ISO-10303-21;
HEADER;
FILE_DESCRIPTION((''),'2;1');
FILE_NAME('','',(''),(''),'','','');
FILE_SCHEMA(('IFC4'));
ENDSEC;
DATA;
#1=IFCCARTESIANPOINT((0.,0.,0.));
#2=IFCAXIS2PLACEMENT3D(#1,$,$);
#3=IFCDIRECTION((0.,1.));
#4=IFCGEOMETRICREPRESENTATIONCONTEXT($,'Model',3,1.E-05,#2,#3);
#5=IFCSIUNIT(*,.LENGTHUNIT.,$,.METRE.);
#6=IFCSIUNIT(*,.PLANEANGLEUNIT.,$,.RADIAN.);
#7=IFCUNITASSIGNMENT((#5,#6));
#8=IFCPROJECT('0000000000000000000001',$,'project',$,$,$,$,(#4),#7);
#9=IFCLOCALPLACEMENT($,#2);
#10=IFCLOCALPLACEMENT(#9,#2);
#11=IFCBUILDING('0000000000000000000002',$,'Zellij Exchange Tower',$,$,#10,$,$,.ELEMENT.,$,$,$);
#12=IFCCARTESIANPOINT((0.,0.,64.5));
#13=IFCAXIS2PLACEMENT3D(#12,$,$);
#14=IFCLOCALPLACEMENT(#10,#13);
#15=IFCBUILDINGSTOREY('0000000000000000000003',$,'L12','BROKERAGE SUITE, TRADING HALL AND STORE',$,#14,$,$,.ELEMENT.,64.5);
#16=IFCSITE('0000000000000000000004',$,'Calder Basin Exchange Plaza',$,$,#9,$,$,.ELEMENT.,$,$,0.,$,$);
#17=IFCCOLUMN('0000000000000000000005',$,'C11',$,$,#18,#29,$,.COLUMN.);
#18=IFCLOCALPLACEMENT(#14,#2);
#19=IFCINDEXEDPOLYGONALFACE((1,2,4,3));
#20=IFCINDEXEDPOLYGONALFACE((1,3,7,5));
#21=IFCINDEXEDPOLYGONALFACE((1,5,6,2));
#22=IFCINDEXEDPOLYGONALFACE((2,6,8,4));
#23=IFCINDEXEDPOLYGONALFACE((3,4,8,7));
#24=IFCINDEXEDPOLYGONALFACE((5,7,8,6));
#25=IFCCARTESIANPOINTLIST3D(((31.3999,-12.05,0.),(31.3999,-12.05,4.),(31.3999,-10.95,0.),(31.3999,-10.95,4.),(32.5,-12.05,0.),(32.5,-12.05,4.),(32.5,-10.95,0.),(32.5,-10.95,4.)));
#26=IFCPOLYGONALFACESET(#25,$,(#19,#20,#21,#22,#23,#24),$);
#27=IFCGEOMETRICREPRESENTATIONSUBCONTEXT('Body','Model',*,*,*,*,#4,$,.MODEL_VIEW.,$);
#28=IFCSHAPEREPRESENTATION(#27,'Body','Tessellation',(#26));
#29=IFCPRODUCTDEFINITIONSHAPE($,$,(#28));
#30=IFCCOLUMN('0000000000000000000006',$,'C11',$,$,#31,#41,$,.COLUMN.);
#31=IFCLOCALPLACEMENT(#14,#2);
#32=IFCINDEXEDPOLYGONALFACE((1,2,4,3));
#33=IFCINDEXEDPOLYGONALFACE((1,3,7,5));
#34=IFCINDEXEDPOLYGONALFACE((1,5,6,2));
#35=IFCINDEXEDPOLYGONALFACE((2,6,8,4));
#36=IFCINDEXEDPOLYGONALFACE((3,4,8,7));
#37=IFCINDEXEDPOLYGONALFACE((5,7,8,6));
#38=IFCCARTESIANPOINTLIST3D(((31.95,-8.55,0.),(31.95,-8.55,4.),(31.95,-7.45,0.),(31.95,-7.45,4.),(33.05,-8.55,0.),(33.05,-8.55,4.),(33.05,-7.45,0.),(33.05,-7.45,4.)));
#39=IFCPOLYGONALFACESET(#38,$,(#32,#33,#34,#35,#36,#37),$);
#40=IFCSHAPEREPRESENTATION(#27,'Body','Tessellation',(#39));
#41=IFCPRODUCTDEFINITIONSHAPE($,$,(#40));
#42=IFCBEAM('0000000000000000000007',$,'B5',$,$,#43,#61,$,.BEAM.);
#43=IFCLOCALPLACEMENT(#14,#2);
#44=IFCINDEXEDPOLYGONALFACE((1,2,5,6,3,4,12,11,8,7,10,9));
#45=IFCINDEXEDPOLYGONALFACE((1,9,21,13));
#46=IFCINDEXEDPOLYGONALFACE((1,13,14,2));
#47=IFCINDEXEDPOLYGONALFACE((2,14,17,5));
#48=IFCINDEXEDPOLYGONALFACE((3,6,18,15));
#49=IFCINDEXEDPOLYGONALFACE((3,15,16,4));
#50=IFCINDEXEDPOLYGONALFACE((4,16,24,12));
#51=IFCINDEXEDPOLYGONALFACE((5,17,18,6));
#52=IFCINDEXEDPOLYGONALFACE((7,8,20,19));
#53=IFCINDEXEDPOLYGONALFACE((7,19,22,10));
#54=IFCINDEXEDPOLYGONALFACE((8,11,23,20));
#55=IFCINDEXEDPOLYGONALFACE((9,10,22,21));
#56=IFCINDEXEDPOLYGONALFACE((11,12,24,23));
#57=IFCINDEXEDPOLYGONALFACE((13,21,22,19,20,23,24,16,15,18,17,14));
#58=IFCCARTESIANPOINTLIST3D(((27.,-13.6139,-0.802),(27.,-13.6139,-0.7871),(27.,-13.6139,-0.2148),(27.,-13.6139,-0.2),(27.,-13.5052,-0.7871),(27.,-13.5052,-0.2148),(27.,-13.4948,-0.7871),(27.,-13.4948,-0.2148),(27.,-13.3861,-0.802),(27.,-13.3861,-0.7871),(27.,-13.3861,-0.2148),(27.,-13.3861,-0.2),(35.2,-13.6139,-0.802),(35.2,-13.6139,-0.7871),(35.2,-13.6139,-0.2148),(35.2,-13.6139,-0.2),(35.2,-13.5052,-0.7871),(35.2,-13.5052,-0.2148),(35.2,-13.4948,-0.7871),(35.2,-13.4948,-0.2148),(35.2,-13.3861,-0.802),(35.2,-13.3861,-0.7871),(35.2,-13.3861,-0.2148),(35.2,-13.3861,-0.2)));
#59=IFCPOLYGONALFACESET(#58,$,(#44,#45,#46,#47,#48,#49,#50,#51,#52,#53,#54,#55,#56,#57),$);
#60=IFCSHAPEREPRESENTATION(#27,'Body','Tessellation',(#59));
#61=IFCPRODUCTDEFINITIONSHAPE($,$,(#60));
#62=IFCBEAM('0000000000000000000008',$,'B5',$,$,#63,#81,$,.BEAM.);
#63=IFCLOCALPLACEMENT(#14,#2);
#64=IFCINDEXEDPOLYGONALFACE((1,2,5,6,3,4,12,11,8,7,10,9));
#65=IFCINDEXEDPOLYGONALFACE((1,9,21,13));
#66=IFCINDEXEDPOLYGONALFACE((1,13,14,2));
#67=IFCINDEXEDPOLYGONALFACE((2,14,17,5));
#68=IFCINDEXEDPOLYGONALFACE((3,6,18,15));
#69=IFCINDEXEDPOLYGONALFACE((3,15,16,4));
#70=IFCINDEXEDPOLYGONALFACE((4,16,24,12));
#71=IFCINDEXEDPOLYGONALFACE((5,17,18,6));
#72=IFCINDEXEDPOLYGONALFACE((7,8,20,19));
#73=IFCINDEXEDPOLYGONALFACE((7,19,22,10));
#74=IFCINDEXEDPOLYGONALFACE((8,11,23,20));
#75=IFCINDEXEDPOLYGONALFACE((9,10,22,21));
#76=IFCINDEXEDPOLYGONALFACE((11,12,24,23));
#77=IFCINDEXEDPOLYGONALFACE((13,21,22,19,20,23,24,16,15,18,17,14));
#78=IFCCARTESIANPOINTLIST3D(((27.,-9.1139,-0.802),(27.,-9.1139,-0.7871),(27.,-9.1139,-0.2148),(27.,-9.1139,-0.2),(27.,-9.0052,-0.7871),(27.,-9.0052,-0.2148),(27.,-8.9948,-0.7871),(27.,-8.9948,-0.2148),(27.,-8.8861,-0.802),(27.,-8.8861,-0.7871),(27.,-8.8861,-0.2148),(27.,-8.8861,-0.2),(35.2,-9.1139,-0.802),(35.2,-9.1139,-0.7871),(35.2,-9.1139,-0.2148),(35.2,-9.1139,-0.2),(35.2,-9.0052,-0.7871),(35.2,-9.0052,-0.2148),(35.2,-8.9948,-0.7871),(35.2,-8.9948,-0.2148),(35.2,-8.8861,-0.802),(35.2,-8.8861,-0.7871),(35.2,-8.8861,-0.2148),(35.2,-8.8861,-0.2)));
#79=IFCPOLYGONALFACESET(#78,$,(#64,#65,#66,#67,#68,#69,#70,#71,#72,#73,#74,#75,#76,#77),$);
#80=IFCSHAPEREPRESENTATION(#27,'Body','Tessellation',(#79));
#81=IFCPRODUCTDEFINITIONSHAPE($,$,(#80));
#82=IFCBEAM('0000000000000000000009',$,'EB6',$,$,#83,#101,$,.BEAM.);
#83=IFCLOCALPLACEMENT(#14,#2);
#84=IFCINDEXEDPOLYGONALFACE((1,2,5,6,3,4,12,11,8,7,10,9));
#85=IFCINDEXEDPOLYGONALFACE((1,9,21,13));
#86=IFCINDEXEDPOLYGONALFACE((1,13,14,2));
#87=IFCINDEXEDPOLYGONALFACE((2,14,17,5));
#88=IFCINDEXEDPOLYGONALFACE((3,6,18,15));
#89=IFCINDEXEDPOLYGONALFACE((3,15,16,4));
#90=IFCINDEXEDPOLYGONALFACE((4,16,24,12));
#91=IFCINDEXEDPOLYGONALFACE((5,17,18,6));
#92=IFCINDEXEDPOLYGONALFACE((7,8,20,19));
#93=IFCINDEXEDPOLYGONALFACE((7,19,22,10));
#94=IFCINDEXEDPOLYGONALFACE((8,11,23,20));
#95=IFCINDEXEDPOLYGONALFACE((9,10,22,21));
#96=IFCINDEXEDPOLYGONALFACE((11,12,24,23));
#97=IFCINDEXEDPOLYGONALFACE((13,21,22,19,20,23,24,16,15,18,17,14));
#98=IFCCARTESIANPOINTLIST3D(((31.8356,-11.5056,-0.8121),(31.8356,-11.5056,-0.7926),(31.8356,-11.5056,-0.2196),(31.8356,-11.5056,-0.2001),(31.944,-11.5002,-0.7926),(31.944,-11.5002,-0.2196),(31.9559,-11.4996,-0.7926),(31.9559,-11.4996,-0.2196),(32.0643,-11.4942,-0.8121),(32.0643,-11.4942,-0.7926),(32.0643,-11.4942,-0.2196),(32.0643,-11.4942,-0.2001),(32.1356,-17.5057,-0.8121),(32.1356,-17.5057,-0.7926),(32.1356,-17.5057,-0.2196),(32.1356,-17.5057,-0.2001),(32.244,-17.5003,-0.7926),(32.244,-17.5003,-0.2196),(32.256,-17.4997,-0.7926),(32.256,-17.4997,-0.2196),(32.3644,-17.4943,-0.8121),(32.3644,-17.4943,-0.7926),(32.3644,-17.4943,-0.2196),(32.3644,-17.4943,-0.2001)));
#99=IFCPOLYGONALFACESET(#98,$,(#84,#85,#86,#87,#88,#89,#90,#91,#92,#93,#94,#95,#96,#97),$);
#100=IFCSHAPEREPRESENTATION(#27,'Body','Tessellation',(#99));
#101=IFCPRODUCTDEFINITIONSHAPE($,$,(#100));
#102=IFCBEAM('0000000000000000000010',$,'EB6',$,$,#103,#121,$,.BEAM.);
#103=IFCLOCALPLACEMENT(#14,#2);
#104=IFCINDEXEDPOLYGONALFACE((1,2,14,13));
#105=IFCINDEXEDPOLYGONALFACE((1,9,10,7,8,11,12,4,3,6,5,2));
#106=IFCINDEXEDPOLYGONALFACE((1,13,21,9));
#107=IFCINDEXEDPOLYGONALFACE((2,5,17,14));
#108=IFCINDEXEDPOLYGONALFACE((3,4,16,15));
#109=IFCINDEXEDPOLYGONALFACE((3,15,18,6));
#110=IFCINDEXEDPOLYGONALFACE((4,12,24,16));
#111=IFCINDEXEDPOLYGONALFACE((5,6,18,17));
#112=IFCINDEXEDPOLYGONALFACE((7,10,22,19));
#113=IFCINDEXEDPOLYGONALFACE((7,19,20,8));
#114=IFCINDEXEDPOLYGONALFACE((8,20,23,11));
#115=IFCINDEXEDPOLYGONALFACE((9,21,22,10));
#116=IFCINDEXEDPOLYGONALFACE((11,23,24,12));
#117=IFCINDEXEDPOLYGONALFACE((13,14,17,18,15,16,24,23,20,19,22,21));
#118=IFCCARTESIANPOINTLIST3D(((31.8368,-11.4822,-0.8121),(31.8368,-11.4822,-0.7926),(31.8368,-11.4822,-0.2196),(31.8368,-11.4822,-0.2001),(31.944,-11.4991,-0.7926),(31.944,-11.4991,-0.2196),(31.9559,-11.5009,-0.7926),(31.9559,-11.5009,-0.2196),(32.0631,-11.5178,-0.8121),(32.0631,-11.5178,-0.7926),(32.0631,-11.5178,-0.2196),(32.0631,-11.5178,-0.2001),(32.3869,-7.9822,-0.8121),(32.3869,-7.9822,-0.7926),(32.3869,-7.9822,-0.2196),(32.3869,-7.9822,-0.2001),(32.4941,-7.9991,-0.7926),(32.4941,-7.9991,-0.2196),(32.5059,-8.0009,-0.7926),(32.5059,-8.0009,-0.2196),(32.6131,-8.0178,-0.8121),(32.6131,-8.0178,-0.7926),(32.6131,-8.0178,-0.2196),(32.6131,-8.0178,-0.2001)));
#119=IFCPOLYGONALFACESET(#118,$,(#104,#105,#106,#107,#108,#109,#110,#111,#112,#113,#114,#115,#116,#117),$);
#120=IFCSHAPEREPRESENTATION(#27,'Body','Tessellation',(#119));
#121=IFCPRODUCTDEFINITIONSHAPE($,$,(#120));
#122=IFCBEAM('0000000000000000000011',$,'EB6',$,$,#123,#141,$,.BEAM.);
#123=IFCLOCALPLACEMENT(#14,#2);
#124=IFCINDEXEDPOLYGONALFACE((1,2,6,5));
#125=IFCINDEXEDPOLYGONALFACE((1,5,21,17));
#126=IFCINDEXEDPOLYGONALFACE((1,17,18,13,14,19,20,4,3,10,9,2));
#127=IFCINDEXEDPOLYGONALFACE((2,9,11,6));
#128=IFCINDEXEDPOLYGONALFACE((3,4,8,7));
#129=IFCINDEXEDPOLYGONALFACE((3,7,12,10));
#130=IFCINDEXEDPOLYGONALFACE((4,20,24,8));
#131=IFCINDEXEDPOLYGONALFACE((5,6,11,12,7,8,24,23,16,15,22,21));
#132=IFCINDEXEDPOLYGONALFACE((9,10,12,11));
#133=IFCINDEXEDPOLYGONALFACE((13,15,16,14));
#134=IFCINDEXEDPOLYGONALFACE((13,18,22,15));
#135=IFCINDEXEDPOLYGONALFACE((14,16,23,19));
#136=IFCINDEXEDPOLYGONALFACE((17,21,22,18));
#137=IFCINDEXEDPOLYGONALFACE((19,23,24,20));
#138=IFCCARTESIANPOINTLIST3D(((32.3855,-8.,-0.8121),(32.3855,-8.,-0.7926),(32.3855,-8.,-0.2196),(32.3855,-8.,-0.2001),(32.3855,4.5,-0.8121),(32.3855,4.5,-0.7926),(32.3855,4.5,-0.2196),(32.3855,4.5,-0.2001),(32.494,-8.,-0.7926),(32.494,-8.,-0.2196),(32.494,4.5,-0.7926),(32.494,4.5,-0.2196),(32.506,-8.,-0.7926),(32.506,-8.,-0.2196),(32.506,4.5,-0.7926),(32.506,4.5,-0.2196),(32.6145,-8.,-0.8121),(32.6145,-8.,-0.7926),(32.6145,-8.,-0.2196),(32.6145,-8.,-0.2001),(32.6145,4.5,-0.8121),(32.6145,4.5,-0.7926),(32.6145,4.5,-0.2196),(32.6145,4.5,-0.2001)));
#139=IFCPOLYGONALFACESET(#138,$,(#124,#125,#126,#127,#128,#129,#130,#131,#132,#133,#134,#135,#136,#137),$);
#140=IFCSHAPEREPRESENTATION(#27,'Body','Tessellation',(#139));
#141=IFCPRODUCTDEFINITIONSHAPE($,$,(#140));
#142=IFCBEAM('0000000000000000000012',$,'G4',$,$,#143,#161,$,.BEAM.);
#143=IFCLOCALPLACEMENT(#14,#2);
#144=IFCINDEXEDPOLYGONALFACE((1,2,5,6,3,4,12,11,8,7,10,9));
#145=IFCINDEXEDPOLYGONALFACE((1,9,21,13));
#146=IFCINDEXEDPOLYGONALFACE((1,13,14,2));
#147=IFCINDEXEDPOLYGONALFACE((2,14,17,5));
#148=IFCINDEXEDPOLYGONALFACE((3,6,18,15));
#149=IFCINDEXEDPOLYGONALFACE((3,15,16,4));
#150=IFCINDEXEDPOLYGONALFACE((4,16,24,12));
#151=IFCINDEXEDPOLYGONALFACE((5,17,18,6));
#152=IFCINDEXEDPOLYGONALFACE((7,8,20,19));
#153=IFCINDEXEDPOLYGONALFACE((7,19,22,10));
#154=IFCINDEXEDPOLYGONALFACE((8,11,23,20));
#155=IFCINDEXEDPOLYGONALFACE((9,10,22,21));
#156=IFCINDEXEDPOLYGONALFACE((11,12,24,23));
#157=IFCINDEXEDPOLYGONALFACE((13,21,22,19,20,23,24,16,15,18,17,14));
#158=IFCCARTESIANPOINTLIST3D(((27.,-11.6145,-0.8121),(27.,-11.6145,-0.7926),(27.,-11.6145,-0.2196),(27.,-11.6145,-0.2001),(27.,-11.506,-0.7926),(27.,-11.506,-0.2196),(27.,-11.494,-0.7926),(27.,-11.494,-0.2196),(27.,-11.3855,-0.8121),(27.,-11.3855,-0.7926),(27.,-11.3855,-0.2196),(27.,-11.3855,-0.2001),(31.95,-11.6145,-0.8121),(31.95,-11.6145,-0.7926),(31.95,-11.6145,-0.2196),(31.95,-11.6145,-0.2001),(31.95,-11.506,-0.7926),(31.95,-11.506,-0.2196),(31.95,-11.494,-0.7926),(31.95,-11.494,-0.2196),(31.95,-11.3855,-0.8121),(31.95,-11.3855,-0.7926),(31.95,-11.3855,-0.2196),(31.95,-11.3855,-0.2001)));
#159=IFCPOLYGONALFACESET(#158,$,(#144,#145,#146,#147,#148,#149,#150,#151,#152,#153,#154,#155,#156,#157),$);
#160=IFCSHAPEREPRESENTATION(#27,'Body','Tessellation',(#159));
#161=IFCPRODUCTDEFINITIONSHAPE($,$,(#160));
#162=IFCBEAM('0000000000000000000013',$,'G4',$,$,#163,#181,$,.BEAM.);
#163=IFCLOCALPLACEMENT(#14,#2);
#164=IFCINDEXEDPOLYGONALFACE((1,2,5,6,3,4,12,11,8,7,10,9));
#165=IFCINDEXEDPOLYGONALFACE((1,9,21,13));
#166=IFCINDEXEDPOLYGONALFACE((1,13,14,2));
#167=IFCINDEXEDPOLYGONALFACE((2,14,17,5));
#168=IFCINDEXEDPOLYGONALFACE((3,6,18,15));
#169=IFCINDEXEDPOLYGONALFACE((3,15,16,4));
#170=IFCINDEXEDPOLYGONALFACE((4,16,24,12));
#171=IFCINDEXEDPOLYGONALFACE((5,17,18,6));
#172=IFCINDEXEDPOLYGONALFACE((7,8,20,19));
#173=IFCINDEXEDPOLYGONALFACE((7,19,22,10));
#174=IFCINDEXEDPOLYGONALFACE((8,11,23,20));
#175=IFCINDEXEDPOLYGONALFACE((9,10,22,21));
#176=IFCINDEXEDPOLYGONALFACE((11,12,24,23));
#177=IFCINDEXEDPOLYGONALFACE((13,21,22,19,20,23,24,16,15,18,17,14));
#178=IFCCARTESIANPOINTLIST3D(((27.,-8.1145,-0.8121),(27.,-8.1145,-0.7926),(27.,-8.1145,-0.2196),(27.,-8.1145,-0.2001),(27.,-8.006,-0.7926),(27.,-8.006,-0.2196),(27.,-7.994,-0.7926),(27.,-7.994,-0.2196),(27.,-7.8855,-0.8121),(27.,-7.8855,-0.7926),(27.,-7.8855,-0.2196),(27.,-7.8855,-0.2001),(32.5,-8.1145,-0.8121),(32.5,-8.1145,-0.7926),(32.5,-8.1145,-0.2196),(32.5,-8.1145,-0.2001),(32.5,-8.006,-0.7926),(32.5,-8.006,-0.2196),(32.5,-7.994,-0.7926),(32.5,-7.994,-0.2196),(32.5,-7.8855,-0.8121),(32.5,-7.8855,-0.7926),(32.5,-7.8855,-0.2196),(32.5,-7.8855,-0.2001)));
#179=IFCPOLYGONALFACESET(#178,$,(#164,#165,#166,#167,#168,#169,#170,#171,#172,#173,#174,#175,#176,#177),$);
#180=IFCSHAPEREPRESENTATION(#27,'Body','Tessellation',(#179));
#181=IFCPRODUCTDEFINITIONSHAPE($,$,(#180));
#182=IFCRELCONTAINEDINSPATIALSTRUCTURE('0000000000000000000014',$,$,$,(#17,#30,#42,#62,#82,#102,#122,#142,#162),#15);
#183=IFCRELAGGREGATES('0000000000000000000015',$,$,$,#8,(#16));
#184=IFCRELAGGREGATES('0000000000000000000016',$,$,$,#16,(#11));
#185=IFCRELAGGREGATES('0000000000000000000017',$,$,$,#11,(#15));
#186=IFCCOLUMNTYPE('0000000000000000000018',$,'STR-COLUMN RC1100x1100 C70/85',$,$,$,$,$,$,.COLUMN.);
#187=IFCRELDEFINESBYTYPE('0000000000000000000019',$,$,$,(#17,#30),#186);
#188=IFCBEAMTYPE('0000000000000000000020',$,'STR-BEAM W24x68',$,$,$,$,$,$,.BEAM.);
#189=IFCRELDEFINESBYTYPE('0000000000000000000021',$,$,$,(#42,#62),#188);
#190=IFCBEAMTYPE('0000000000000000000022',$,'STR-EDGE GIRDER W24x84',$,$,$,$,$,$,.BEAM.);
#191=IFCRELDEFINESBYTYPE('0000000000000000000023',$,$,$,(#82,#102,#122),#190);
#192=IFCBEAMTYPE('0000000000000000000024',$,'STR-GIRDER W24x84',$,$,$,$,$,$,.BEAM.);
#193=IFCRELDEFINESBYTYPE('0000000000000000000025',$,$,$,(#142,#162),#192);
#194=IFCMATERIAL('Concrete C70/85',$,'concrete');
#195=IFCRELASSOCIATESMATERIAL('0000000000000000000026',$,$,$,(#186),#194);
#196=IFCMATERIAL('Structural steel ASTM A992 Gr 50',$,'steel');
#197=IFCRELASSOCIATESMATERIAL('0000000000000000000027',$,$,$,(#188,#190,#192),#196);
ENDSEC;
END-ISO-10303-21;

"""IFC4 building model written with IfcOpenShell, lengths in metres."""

from ifc_helpers import new_model, si_unit, direction, frame, origin, origin_2d, place, context, subcontext, project, spatial, rectangle, i_section, extrude, material, material_profile, profile_set, type_object, element, save


model = new_model("IFC4")

# Units and contexts
model_context = context("Model", 3, precision=1e-05, world=origin(), true_north=direction((0.0, 1.0)))
body_context = subcontext(model_context, "Body", "Model", "MODEL_VIEW")
ifc_project = project(units=[si_unit("LENGTHUNIT", "METRE"), si_unit("PLANEANGLEUNIT", "RADIAN")], contexts=[model_context])

# Site, building, storey
site_placement = place(None, origin())
site = spatial("IfcSite", under=ifc_project, at=site_placement, Name="Calder Basin Exchange Plaza", CompositionType="ELEMENT", RefElevation=0.0)
building_placement = place(site_placement, origin())
building = spatial("IfcBuilding", under=site, at=building_placement, Name="Zellij Exchange Tower", CompositionType="ELEMENT")
storey_placement = place(building_placement, frame((0.0, 0.0, 64.5)))
storey = spatial("IfcBuildingStorey", under=building, at=storey_placement, Name="L12", Description="BROKERAGE SUITE, TRADING HALL AND STORE", CompositionType="ELEMENT", Elevation=64.5)

# Columns
ifc_material_1 = material(Name="Concrete C70/85", Category="concrete")
ifc_material_profile_1 = material_profile(ifc_material_1, rectangle(XDim=1.1001, YDim=1.1001, at=origin_2d()), Name="STR-COLUMN RC1100x1100 C70/85")
ifc_profile_set_1 = profile_set([ifc_material_profile_1], Name="Concrete C70/85")
column_type = type_object("IfcColumnType", Name="STR-COLUMN RC1100x1100 C70/85", PredefinedType="COLUMN", material=ifc_profile_set_1)
for number, where, z_axis, x_axis, name in (
    (1, (31.95, -11.5, 0.0), (0.0, 0.0, 1.0), (1.0, 0.0, 0.0), "C11"),
    (2, (32.5, -8.0, 0.0), (0.0, 0.0, 1.0), (1.0, 0.0, 0.0), "C11"),
):
    element("IfcColumn", number, at=place(storey_placement, frame(where, z_axis=z_axis, x_axis=x_axis)), inside=storey, type_object=column_type, Name=name, PredefinedType="COLUMN", context=body_context, shape_type="SweptSolid", body=[
        extrude(rectangle(XDim=1.1001, YDim=1.1001, at=origin_2d()), origin(), (0.0, 0.0, 1.0), 4.0),
    ])

# Beams
ifc_material_2 = material(Name="Structural steel ASTM A992 Gr 50", Category="steel")
ifc_material_profile_2 = material_profile(ifc_material_2, i_section(OverallWidth=0.2278, OverallDepth=0.6021, WebThickness=0.0105, FlangeThickness=0.0149, at=origin_2d()), Name="W24x68")
ifc_profile_set_2 = profile_set([ifc_material_profile_2], Name="Structural steel ASTM A992 Gr 50")
beam_type_1 = type_object("IfcBeamType", Name="STR-BEAM W24x68", PredefinedType="BEAM", material=ifc_profile_set_2)
for number, where, z_axis, x_axis, name in (
    (3, (27.0, -13.5, -0.501), (1.0, 0.0, 0.0), (0.0, 1.0, 0.0), "B5"),
    (4, (27.0, -9.0, -0.501), (1.0, 0.0, 0.0), (0.0, 1.0, 0.0), "B5"),
):
    element("IfcBeam", number, at=place(storey_placement, frame(where, z_axis=z_axis, x_axis=x_axis)), inside=storey, type_object=beam_type_1, Name=name, PredefinedType="BEAM", context=body_context, shape_type="SweptSolid", body=[
        extrude(i_section(OverallWidth=0.2278, OverallDepth=0.6021, WebThickness=0.0105, FlangeThickness=0.0149, at=origin_2d()), origin(), (0.0, 0.0, 1.0), 8.2),
    ])
ifc_material_profile_3 = material_profile(ifc_material_2, i_section(OverallWidth=0.229, OverallDepth=0.6121, WebThickness=0.012, FlangeThickness=0.0195, at=origin_2d()), Name="W24x84")
ifc_profile_set_3 = profile_set([ifc_material_profile_3], Name="Structural steel ASTM A992 Gr 50")
beam_type_2 = type_object("IfcBeamType", Name="STR-EDGE GIRDER W24x84", PredefinedType="BEAM", material=ifc_profile_set_3)
beam_1_placement = place(storey_placement, frame((32.25, -17.5, -0.5061), z_axis=(-0.049946, 0.998752, 0.0), x_axis=(-0.998752, -0.049946, 0.0)))
element("IfcBeam", 5, at=beam_1_placement, inside=storey, type_object=beam_type_2, Name="EB6", PredefinedType="BEAM", context=body_context, shape_type="SweptSolid", body=[
    extrude(i_section(OverallWidth=0.229, OverallDepth=0.6121, WebThickness=0.012, FlangeThickness=0.0195, at=origin_2d()), origin(), (0.0, 0.0, 1.0), 6.0076),
])
beam_2_placement = place(storey_placement, frame((31.95, -11.5, -0.5061), z_axis=(0.155251, 0.987875, 0.0), x_axis=(-0.987875, 0.155251, 0.0)))
element("IfcBeam", 6, at=beam_2_placement, inside=storey, type_object=beam_type_2, Name="EB6", PredefinedType="BEAM", context=body_context, shape_type="SweptSolid", body=[
    extrude(i_section(OverallWidth=0.229, OverallDepth=0.6121, WebThickness=0.012, FlangeThickness=0.0195, at=origin_2d()), origin(), (0.0, 0.0, 1.0), 3.543),
])
beam_3_placement = place(storey_placement, frame((32.5, -8.0, -0.5061), z_axis=(0.0, 1.0, 0.0), x_axis=(-1.0, 0.0, 0.0)))
element("IfcBeam", 7, at=beam_3_placement, inside=storey, type_object=beam_type_2, Name="EB6", PredefinedType="BEAM", context=body_context, shape_type="SweptSolid", body=[
    extrude(i_section(OverallWidth=0.229, OverallDepth=0.6121, WebThickness=0.012, FlangeThickness=0.0195, at=origin_2d()), origin(), (0.0, 0.0, 1.0), 12.5),
])
ifc_material_profile_4 = material_profile(ifc_material_2, i_section(OverallWidth=0.229, OverallDepth=0.6121, WebThickness=0.012, FlangeThickness=0.0195, at=origin_2d()), Name="W24x84")
ifc_profile_set_4 = profile_set([ifc_material_profile_4], Name="Structural steel ASTM A992 Gr 50")
beam_type_3 = type_object("IfcBeamType", Name="STR-GIRDER W24x84", PredefinedType="BEAM", material=ifc_profile_set_4)
beam_4_placement = place(storey_placement, frame((27.0, -11.5, -0.5061), z_axis=(1.0, 0.0, 0.0), x_axis=(0.0, 1.0, 0.0)))
element("IfcBeam", 8, at=beam_4_placement, inside=storey, type_object=beam_type_3, Name="G4", PredefinedType="BEAM", context=body_context, shape_type="SweptSolid", body=[
    extrude(i_section(OverallWidth=0.229, OverallDepth=0.6121, WebThickness=0.012, FlangeThickness=0.0195, at=origin_2d()), origin(), (0.0, 0.0, 1.0), 4.95),
])
beam_5_placement = place(storey_placement, frame((27.0, -8.0, -0.5061), z_axis=(1.0, 0.0, 0.0), x_axis=(0.0, 1.0, 0.0)))
element("IfcBeam", 9, at=beam_5_placement, inside=storey, type_object=beam_type_3, Name="G4", PredefinedType="BEAM", context=body_context, shape_type="SweptSolid", body=[
    extrude(i_section(OverallWidth=0.229, OverallDepth=0.6121, WebThickness=0.012, FlangeThickness=0.0195, at=origin_2d()), origin(), (0.0, 0.0, 1.0), 5.5),
])

save(model, "model.ifc")
